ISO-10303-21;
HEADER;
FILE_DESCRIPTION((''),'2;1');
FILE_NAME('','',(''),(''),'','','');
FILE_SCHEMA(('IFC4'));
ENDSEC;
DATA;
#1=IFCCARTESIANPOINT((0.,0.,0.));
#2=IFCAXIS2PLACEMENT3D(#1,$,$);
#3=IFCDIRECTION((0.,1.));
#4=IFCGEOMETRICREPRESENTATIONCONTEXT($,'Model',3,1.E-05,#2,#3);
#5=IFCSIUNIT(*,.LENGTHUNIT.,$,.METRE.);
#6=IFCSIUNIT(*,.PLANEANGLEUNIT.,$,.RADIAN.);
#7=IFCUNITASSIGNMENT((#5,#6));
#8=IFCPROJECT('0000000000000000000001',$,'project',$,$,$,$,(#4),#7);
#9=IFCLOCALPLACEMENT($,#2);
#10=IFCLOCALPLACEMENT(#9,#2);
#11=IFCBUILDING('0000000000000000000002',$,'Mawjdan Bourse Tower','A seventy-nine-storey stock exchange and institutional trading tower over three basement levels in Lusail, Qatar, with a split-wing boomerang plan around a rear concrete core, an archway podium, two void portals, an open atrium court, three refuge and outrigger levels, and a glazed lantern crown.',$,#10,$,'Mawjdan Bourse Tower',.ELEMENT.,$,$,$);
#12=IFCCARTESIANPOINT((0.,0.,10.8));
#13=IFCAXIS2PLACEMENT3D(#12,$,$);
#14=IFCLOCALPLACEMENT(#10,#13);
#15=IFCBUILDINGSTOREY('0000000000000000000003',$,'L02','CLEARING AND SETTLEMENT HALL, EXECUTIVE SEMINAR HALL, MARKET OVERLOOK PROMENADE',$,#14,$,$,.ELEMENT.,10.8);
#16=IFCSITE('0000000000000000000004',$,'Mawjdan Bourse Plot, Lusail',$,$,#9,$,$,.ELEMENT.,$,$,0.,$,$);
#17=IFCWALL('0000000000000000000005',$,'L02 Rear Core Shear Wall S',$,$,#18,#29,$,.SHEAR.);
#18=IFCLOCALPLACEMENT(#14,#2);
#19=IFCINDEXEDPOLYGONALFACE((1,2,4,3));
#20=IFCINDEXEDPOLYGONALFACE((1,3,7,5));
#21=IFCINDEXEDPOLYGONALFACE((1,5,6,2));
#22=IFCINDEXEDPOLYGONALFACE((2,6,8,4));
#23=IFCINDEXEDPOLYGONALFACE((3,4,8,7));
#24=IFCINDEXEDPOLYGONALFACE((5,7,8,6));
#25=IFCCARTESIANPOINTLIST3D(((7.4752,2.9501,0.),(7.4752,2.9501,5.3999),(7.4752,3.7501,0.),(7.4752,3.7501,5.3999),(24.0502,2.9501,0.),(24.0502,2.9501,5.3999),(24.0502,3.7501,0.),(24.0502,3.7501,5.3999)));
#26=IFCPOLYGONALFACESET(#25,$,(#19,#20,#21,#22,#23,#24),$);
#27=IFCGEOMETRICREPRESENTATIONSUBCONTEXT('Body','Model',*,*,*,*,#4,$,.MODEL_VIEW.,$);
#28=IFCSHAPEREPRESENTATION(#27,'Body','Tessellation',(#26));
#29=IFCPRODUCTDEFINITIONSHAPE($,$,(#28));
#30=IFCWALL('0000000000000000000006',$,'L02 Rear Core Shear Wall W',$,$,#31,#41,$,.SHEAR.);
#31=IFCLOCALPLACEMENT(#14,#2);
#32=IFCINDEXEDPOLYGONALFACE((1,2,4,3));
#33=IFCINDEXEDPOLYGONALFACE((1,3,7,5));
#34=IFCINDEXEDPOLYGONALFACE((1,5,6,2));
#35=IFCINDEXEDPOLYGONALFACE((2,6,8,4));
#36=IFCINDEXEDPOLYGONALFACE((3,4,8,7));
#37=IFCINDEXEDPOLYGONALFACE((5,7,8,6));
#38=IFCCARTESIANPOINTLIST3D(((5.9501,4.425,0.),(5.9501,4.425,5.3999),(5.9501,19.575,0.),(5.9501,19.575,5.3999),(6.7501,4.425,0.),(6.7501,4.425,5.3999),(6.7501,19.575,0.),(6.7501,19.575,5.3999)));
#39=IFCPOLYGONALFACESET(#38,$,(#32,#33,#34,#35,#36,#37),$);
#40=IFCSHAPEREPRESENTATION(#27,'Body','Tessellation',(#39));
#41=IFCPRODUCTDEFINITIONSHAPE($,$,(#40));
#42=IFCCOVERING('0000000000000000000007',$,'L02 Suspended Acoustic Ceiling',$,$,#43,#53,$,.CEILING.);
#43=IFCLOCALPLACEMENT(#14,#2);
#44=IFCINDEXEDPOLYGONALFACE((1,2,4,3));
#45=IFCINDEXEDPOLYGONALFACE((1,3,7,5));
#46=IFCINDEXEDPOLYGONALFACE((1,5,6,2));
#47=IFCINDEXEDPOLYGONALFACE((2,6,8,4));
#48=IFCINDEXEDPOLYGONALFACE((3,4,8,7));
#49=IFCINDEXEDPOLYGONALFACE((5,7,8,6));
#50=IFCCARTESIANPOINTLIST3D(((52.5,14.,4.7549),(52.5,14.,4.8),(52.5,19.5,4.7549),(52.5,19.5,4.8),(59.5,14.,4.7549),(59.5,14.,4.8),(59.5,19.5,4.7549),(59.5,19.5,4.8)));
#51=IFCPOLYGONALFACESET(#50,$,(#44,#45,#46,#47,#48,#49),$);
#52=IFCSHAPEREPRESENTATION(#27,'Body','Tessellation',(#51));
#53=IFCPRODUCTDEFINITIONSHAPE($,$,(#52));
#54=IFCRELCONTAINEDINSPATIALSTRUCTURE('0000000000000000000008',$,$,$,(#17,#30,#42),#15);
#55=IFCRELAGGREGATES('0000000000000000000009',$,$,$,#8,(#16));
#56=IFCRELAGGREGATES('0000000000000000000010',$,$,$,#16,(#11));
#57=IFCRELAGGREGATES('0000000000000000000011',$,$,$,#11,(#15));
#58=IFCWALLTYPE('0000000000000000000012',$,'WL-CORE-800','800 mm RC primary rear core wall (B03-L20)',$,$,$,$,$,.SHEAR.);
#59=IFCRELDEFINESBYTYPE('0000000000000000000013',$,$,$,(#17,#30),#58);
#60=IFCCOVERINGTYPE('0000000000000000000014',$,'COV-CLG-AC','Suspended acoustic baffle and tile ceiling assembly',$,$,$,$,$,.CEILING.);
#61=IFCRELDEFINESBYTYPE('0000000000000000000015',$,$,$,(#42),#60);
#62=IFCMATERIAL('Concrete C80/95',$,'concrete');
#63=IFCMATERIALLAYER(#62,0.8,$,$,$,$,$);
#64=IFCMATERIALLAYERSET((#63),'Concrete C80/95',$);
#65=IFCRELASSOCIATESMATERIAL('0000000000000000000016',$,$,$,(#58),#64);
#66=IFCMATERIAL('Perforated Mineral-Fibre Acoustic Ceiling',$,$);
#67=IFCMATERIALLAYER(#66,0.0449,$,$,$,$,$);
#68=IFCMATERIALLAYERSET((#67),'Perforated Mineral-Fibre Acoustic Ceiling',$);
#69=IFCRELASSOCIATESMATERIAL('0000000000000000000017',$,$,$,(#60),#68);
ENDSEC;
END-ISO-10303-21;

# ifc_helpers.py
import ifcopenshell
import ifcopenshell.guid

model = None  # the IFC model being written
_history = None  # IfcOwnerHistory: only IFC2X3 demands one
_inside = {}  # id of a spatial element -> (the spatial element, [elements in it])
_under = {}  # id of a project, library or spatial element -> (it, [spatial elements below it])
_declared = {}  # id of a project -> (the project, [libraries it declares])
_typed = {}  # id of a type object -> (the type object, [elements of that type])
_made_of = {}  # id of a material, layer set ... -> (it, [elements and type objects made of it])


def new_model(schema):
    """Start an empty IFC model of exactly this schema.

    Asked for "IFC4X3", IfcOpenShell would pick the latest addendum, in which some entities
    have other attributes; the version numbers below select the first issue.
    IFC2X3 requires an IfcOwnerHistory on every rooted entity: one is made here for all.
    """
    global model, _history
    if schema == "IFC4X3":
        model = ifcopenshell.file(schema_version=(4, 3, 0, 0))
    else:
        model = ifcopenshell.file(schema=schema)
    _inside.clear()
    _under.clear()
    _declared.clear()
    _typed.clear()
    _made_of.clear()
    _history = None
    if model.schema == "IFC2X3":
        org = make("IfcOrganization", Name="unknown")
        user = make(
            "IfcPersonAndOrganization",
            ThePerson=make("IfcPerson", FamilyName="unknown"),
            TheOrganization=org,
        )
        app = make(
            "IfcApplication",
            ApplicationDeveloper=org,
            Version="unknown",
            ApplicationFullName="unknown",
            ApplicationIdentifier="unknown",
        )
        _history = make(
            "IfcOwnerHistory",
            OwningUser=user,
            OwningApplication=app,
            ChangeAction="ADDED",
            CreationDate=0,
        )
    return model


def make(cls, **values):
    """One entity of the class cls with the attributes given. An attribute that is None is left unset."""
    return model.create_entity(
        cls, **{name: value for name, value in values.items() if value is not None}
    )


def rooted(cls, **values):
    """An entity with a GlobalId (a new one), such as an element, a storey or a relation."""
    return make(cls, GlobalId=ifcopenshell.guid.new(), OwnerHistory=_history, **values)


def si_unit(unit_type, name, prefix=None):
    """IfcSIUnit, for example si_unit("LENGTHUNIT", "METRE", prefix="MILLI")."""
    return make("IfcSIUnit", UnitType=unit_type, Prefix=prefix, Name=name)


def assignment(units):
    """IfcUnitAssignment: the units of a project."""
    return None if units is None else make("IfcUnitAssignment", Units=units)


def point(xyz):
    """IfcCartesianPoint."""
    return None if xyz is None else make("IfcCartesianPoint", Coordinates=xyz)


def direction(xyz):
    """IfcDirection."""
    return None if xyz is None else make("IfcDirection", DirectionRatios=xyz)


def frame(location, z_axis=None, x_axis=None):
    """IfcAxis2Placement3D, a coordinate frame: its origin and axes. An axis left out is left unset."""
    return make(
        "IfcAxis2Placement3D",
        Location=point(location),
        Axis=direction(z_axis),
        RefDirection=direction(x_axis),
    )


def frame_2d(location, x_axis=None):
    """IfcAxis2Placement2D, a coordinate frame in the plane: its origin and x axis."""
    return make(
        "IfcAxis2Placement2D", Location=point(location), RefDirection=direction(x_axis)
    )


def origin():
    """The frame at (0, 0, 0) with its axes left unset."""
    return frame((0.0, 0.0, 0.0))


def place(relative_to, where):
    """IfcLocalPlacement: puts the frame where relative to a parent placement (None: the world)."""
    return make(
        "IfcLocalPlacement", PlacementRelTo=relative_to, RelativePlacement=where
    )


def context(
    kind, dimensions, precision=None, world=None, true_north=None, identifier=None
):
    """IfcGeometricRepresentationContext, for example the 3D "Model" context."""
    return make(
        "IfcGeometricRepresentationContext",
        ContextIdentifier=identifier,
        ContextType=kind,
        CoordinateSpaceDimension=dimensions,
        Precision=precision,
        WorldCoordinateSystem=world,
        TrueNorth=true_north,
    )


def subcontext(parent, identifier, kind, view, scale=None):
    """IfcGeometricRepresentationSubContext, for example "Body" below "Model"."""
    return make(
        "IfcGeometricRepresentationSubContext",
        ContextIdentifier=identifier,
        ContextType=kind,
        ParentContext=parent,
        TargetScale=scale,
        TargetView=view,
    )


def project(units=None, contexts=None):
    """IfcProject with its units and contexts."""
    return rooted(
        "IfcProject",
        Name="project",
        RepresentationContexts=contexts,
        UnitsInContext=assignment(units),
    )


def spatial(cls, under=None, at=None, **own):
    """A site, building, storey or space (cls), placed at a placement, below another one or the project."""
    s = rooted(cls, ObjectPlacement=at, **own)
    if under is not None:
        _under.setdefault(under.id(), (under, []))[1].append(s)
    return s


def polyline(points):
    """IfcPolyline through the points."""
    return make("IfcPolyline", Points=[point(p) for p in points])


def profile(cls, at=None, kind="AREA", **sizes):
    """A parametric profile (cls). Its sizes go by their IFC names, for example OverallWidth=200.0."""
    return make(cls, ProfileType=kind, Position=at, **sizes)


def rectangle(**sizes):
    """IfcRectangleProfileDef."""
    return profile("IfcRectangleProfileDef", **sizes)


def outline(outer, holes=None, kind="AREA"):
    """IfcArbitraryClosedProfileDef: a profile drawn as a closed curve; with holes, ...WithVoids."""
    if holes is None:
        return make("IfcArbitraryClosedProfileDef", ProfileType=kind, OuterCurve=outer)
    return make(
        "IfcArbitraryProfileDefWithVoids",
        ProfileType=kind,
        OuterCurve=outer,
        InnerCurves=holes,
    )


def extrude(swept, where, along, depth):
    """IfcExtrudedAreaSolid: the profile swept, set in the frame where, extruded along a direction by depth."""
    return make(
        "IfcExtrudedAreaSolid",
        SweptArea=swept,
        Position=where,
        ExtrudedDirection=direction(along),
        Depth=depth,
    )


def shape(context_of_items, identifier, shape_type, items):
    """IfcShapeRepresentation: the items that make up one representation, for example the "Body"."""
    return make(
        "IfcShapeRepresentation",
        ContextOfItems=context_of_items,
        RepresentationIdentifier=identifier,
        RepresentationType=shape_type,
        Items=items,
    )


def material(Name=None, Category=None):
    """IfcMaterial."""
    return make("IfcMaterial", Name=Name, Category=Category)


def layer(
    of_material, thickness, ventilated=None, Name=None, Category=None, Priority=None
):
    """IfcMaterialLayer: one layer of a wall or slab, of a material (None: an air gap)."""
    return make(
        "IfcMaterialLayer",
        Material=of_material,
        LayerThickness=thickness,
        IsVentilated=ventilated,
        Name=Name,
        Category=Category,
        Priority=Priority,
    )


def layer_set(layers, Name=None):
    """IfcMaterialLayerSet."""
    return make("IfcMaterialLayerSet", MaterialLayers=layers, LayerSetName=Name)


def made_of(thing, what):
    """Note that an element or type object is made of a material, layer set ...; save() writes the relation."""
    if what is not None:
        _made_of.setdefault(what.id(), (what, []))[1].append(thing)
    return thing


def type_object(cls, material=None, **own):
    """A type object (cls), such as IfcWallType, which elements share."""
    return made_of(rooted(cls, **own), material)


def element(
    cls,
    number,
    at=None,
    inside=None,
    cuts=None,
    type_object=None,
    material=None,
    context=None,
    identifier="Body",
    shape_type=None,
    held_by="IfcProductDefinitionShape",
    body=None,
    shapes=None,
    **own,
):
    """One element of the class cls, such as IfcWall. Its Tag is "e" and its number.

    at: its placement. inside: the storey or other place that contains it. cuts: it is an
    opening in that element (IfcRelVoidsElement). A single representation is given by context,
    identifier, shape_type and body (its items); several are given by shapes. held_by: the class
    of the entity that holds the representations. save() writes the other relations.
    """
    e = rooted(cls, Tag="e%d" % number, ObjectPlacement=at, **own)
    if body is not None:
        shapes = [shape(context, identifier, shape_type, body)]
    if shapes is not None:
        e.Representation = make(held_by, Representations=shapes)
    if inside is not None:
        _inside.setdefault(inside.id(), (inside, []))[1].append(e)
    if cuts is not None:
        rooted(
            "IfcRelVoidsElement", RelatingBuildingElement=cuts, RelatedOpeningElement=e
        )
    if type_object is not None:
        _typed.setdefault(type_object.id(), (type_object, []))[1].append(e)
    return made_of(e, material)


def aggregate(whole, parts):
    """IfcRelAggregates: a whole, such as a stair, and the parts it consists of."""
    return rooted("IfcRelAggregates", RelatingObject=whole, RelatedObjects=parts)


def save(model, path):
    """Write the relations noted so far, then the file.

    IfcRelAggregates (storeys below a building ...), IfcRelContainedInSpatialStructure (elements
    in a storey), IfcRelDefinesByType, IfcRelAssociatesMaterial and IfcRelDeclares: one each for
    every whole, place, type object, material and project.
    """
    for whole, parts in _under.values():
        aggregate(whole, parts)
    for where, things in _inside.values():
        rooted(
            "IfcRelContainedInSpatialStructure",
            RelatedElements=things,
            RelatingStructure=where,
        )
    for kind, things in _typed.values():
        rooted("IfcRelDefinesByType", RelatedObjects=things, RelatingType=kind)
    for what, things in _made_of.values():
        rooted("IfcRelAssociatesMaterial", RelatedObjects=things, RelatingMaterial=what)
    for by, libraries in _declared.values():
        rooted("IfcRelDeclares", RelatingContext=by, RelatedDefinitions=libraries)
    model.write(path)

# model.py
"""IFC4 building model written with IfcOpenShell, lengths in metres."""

from ifc_helpers import new_model, si_unit, direction, frame, frame_2d, origin, place, context, subcontext, project, spatial, polyline, rectangle, outline, extrude, material, layer, layer_set, type_object, element, save


model = new_model("IFC4")

# Units and contexts
model_context = context("Model", 3, precision=1e-05, world=origin(), true_north=direction((0.0, 1.0)))
body_context = subcontext(model_context, "Body", "Model", "MODEL_VIEW")
ifc_project = project(units=[si_unit("LENGTHUNIT", "METRE"), si_unit("PLANEANGLEUNIT", "RADIAN")], contexts=[model_context])

# Site, building, storey
site_placement = place(None, origin())
site = spatial("IfcSite", under=ifc_project, at=site_placement, Name="Mawjdan Bourse Plot, Lusail", CompositionType="ELEMENT", RefElevation=0.0)
building_placement = place(site_placement, origin())
building = spatial("IfcBuilding", under=site, at=building_placement, Name="Mawjdan Bourse Tower", Description="A seventy-nine-storey stock exchange and institutional trading tower over three basement levels in Lusail, Qatar, with a split-wing boomerang plan around a rear concrete core, an archway podium, two void portals, an open atrium court, three refuge and outrigger levels, and a glazed lantern crown.", LongName="Mawjdan Bourse Tower", CompositionType="ELEMENT")
storey_placement = place(building_placement, frame((0.0, 0.0, 10.8)))
storey = spatial("IfcBuildingStorey", under=building, at=storey_placement, Name="L02", Description="CLEARING AND SETTLEMENT HALL, EXECUTIVE SEMINAR HALL, MARKET OVERLOOK PROMENADE", CompositionType="ELEMENT", Elevation=10.8)

# Shared definitions
ifc_material_1 = material(Name="Concrete C80/95", Category="concrete")

# Walls
ifc_layer_1 = layer(ifc_material_1, 0.8)
ifc_layer_set_1 = layer_set([ifc_layer_1], Name="Concrete C80/95")
wall_type_1 = type_object("IfcWallType", Name="WL-CORE-800", Description="800 mm RC primary rear core wall (B03-L20)", PredefinedType="SHEAR", material=ifc_layer_set_1)
wall_1_placement = place(storey_placement, frame((7.4751, 3.3501, 0.0), z_axis=(0.0, 0.0, 1.0), x_axis=(1.0, 0.0, 0.0)))
element("IfcWall", 1, at=wall_1_placement, inside=storey, type_object=wall_type_1, Name="L02 Rear Core Shear Wall S", PredefinedType="SHEAR", context=body_context, shape_type="SweptSolid", body=[
    extrude(rectangle(XDim=16.575, YDim=0.8, at=frame_2d((8.2876, 0.0))), origin(), (0.0, 0.0, 1.0), 5.3999),
])
wall_2_placement = place(storey_placement, frame((6.3501, 4.425, 0.0), z_axis=(0.0, 0.0, 1.0), x_axis=(0.0, 1.0, 0.0)))
element("IfcWall", 2, at=wall_2_placement, inside=storey, type_object=wall_type_1, Name="L02 Rear Core Shear Wall W", PredefinedType="SHEAR", context=body_context, shape_type="SweptSolid", body=[
    extrude(rectangle(XDim=15.1499, YDim=0.8, at=frame_2d((7.575, 0.0))), origin(), (0.0, 0.0, 1.0), 5.3999),
])

# Covering
ifc_material_2 = material(Name="Perforated Mineral-Fibre Acoustic Ceiling")
ifc_layer_2 = layer(ifc_material_2, 0.0449)
ifc_layer_set_2 = layer_set([ifc_layer_2], Name="Perforated Mineral-Fibre Acoustic Ceiling")
covering_type = type_object("IfcCoveringType", Name="COV-CLG-AC", Description="Suspended acoustic baffle and tile ceiling assembly", PredefinedType="CEILING", material=ifc_layer_set_2)
covering_placement = place(storey_placement, frame((0.0, 0.0, 4.7549)))
element("IfcCovering", 3, at=covering_placement, inside=storey, type_object=covering_type, Name="L02 Suspended Acoustic Ceiling", PredefinedType="CEILING", context=body_context, shape_type="SweptSolid", body=[
    extrude(outline(polyline([(52.5, 14.0), (59.5, 14.0), (59.5, 19.5), (52.5, 19.5), (52.5, 14.0)])), origin(), (0.0, 0.0, 1.0), 0.0452),
])

save(model, "model.ifc")
